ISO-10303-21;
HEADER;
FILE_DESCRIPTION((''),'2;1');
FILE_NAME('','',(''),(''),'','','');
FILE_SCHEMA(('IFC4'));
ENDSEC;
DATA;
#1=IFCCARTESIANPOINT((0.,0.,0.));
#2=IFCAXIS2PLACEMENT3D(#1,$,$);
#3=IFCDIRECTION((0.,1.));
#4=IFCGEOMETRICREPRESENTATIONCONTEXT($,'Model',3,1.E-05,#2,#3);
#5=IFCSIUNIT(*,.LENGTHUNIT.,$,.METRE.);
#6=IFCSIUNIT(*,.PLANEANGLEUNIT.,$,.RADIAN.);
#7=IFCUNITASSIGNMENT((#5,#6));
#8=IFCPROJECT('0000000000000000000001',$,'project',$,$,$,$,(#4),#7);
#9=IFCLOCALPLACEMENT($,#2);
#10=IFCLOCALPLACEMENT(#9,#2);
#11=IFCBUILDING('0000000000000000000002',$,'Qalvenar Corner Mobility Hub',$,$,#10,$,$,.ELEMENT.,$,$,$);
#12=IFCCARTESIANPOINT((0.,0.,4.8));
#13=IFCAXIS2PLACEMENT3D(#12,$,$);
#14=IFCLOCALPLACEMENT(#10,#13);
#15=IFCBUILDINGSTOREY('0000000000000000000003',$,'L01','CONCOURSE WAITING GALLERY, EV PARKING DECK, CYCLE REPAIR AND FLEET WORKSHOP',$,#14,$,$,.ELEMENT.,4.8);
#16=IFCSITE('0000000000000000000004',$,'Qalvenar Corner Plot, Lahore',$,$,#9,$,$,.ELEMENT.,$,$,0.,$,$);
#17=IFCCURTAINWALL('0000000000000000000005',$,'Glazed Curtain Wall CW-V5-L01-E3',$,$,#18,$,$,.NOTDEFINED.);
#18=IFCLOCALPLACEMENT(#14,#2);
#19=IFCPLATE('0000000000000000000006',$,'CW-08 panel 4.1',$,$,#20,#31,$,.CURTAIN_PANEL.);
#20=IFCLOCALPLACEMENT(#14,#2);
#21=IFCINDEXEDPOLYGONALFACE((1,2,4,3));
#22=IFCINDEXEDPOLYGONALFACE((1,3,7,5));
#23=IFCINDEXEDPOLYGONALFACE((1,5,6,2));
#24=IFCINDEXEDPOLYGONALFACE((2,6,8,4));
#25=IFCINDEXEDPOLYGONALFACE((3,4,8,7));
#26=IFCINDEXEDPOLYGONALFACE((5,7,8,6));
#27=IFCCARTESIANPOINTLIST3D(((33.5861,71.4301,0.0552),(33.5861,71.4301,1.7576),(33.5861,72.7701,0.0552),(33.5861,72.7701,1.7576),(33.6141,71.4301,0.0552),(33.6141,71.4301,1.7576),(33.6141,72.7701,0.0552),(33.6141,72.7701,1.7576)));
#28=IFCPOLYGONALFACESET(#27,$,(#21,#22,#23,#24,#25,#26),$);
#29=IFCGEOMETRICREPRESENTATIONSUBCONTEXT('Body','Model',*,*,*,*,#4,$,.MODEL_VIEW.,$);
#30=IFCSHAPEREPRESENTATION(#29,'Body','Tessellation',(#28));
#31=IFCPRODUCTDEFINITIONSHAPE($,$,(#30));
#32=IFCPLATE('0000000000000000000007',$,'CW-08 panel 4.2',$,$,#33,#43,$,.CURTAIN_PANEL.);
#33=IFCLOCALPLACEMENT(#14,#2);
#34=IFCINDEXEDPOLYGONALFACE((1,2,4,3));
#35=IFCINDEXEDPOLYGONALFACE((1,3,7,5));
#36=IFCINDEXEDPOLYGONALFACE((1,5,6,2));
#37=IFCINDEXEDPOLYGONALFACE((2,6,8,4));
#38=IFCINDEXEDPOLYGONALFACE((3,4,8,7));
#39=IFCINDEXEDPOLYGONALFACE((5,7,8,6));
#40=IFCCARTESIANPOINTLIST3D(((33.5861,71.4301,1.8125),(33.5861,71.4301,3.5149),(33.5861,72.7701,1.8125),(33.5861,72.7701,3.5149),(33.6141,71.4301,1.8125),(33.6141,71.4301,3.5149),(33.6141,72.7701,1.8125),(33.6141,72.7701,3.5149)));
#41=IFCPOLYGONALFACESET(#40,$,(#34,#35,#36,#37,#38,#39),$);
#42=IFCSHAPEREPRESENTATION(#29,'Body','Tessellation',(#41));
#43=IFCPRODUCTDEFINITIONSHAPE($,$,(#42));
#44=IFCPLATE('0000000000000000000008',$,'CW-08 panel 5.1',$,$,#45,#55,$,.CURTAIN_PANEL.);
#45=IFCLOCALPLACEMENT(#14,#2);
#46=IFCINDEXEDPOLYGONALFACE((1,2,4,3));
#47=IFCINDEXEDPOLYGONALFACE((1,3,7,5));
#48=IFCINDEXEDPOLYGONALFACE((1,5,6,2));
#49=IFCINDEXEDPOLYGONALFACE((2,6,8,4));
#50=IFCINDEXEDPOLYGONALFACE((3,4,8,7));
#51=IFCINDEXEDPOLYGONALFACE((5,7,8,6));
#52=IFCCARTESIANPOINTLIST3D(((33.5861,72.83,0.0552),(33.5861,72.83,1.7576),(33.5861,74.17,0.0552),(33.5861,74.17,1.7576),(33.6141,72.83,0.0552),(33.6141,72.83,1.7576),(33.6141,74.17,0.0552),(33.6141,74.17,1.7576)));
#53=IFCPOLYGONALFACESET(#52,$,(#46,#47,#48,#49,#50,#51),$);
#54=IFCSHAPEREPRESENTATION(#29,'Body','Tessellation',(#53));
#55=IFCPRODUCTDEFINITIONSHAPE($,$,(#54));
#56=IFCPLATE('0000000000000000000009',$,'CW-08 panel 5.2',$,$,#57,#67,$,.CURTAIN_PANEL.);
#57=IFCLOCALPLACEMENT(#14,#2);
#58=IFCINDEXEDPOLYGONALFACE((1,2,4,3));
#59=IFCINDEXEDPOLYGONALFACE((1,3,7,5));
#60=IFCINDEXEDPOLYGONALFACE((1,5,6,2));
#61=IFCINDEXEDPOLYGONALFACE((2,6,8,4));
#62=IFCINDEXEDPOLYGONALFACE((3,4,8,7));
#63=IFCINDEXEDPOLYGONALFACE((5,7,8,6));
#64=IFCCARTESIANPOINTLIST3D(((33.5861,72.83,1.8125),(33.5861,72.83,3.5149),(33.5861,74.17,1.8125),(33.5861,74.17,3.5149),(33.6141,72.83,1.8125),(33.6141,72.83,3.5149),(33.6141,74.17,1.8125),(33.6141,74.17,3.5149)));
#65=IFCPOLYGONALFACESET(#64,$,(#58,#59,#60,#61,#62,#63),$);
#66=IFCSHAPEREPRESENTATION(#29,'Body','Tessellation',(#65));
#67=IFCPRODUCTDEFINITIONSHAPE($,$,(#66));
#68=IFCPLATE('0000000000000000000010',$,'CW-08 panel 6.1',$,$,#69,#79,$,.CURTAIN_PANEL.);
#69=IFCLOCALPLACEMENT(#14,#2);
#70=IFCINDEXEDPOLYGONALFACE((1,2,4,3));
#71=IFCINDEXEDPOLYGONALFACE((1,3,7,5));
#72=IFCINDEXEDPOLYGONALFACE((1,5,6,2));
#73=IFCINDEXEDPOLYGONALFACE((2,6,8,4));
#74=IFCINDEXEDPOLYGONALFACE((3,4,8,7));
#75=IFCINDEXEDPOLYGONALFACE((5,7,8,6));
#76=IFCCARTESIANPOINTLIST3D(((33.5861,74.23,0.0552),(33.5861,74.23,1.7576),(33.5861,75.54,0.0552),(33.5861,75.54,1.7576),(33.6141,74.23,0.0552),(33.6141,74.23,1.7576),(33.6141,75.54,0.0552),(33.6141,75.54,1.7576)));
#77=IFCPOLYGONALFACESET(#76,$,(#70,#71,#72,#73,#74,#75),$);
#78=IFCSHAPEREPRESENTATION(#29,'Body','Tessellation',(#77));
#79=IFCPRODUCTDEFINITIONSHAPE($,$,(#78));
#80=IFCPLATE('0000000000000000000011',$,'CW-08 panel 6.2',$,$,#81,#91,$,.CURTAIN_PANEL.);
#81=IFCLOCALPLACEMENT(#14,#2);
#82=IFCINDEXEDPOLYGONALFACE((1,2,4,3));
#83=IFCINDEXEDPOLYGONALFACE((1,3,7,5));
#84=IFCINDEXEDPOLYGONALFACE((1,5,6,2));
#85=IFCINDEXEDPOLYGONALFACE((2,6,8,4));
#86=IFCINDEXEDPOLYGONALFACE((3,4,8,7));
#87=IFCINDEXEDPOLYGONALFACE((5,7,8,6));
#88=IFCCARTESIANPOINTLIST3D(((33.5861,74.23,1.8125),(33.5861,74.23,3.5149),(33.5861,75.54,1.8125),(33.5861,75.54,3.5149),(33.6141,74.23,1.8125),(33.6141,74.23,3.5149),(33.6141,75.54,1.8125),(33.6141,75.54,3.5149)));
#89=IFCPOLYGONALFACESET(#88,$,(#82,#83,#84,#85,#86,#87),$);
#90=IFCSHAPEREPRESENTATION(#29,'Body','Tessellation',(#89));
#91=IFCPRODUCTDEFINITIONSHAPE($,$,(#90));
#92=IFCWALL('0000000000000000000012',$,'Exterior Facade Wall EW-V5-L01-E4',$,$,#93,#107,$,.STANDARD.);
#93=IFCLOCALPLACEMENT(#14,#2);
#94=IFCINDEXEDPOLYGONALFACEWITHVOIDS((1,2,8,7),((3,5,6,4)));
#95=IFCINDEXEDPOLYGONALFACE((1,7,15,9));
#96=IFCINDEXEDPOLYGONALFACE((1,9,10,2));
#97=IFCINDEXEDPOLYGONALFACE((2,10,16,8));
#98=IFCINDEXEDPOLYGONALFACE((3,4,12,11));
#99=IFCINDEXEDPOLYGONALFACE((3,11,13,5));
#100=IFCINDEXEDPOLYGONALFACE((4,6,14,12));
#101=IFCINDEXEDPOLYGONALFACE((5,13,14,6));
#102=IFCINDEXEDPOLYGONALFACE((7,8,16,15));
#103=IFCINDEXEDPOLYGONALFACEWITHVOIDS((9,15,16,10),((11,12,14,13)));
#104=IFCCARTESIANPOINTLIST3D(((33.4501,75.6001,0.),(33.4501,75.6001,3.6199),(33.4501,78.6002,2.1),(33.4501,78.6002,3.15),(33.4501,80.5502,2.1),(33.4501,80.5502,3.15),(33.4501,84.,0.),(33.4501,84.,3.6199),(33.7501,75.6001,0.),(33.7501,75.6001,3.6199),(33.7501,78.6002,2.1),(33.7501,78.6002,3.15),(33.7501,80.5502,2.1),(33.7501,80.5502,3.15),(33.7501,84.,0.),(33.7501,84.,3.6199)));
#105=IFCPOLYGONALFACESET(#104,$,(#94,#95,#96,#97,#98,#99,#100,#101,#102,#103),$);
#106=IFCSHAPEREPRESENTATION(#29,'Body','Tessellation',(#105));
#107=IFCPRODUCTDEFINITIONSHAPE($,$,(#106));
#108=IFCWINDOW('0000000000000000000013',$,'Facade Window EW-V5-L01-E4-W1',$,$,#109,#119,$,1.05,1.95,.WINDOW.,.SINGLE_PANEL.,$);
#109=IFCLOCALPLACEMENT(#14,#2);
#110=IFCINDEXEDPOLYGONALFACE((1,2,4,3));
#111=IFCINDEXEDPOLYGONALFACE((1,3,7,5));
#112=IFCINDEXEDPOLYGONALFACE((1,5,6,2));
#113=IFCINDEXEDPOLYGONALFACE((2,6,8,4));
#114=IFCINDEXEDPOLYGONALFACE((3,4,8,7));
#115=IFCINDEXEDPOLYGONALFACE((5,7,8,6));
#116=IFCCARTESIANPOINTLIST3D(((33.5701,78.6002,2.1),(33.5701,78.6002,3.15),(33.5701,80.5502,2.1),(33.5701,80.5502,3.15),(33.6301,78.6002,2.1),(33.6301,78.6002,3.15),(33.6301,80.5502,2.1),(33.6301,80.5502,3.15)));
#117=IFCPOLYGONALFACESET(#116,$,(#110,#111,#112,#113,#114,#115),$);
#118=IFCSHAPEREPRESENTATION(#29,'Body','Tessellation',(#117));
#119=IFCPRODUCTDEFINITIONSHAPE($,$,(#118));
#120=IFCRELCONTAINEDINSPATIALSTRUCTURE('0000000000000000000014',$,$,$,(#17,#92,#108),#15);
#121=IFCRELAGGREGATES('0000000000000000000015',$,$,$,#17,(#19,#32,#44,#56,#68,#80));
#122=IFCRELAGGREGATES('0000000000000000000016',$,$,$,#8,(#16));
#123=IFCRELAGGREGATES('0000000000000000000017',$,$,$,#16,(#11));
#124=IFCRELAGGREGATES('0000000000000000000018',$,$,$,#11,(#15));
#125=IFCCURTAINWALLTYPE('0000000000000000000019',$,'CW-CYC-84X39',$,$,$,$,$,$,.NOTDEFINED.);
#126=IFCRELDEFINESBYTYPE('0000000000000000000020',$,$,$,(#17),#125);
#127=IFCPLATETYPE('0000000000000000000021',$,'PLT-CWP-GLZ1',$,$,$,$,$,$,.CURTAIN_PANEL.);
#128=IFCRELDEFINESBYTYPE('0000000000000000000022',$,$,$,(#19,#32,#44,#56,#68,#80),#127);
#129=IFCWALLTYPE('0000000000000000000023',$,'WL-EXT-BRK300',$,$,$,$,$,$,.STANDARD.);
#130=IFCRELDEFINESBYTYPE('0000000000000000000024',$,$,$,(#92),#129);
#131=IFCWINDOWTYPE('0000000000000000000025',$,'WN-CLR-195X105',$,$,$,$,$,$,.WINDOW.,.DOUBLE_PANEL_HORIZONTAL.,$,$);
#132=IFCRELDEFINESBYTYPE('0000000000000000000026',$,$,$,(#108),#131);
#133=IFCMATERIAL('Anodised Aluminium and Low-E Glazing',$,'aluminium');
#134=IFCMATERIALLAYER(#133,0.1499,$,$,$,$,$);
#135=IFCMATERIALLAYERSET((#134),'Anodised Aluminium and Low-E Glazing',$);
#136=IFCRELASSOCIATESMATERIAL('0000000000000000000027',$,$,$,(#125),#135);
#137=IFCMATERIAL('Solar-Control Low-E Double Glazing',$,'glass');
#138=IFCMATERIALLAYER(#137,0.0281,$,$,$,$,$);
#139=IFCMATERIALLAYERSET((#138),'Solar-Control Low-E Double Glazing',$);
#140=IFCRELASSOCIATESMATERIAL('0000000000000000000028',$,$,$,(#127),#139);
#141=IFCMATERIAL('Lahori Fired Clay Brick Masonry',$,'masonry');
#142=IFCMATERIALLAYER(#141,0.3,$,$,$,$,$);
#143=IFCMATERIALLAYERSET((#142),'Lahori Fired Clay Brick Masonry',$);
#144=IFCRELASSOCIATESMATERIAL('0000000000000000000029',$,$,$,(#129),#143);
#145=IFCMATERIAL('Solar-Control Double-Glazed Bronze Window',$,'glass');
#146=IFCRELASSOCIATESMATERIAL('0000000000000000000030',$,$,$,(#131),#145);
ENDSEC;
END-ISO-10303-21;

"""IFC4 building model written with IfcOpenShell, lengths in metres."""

from ifc_helpers import new_model, si_unit, direction, frame, frame_2d, origin, origin_2d, place, context, subcontext, project, spatial, rectangle, extrude, material, layer, layer_set, type_object, element, fill, aggregate, save


model = new_model("IFC4")

# Units and contexts
model_context = context("Model", 3, precision=1e-05, world=origin(), true_north=direction((0.0, 1.0)))
body_context = subcontext(model_context, "Body", "Model", "MODEL_VIEW")
ifc_project = project(units=[si_unit("LENGTHUNIT", "METRE"), si_unit("PLANEANGLEUNIT", "RADIAN")], contexts=[model_context])

# Site, building, storey
site_placement = place(None, origin())
site = spatial("IfcSite", under=ifc_project, at=site_placement, Name="Qalvenar Corner Plot, Lahore", CompositionType="ELEMENT", RefElevation=0.0)
building_placement = place(site_placement, origin())
building = spatial("IfcBuilding", under=site, at=building_placement, Name="Qalvenar Corner Mobility Hub", CompositionType="ELEMENT")
storey_placement = place(building_placement, frame((0.0, 0.0, 4.8)))
storey = spatial("IfcBuildingStorey", under=building, at=storey_placement, Name="L01", Description="CONCOURSE WAITING GALLERY, EV PARKING DECK, CYCLE REPAIR AND FLEET WORKSHOP", CompositionType="ELEMENT", Elevation=4.8)

# Curtain wall, plates
ifc_material_1 = material(Name="Anodised Aluminium and Low-E Glazing", Category="aluminium")
ifc_layer_1 = layer(ifc_material_1, 0.1499)
ifc_layer_set_1 = layer_set([ifc_layer_1], Name="Anodised Aluminium and Low-E Glazing")
curtain_wall_type = type_object("IfcCurtainWallType", Name="CW-CYC-84X39", PredefinedType="NOTDEFINED", material=ifc_layer_set_1)
curtain_wall_placement = place(storey_placement, origin())
curtain_wall = element("IfcCurtainWall", 1, at=curtain_wall_placement, inside=storey, type_object=curtain_wall_type, Name="Glazed Curtain Wall CW-V5-L01-E3", PredefinedType="NOTDEFINED")
ifc_material_2 = material(Name="Solar-Control Low-E Double Glazing", Category="glass")
ifc_layer_2 = layer(ifc_material_2, 0.0281)
ifc_layer_set_2 = layer_set([ifc_layer_2], Name="Solar-Control Low-E Double Glazing")
plate_type = type_object("IfcPlateType", Name="PLT-CWP-GLZ1", PredefinedType="CURTAIN_PANEL", material=ifc_layer_set_2)
plate_1_placement = place(storey_placement, frame((33.6001, 72.1001, 0.0552), z_axis=(0.0, 0.0, 1.0), x_axis=(0.0, 1.0, 0.0)))
plate_1 = element("IfcPlate", 2, at=plate_1_placement, type_object=plate_type, Name="CW-08 panel 4.1", PredefinedType="CURTAIN_PANEL", context=body_context, shape_type="SweptSolid", body=[
    extrude(rectangle(XDim=1.3401, YDim=0.0281, at=origin_2d()), origin(), (0.0, 0.0, 1.0), 1.7024),
])
plate_2_placement = place(storey_placement, frame((33.6001, 72.1001, 1.8125), z_axis=(0.0, 0.0, 1.0), x_axis=(0.0, 1.0, 0.0)))
plate_2 = element("IfcPlate", 3, at=plate_2_placement, type_object=plate_type, Name="CW-08 panel 4.2", PredefinedType="CURTAIN_PANEL", context=body_context, shape_type="SweptSolid", body=[
    extrude(rectangle(XDim=1.3401, YDim=0.0281, at=origin_2d()), origin(), (0.0, 0.0, 1.0), 1.7024),
])
plate_3_placement = place(storey_placement, frame((33.6001, 73.5, 0.0552), z_axis=(0.0, 0.0, 1.0), x_axis=(0.0, 1.0, 0.0)))
plate_3 = element("IfcPlate", 4, at=plate_3_placement, type_object=plate_type, Name="CW-08 panel 5.1", PredefinedType="CURTAIN_PANEL", context=body_context, shape_type="SweptSolid", body=[
    extrude(rectangle(XDim=1.3401, YDim=0.0281, at=origin_2d()), origin(), (0.0, 0.0, 1.0), 1.7024),
])
plate_4_placement = place(storey_placement, frame((33.6001, 73.5, 1.8125), z_axis=(0.0, 0.0, 1.0), x_axis=(0.0, 1.0, 0.0)))
plate_4 = element("IfcPlate", 5, at=plate_4_placement, type_object=plate_type, Name="CW-08 panel 5.2", PredefinedType="CURTAIN_PANEL", context=body_context, shape_type="SweptSolid", body=[
    extrude(rectangle(XDim=1.3401, YDim=0.0281, at=origin_2d()), origin(), (0.0, 0.0, 1.0), 1.7024),
])
plate_5_placement = place(storey_placement, frame((33.6001, 74.885, 0.0552), z_axis=(0.0, 0.0, 1.0), x_axis=(0.0, 1.0, 0.0)))
plate_5 = element("IfcPlate", 6, at=plate_5_placement, type_object=plate_type, Name="CW-08 panel 6.1", PredefinedType="CURTAIN_PANEL", context=body_context, shape_type="SweptSolid", body=[
    extrude(rectangle(XDim=1.3101, YDim=0.0281, at=origin_2d()), origin(), (0.0, 0.0, 1.0), 1.7024),
])
plate_6_placement = place(storey_placement, frame((33.6001, 74.885, 1.8125), z_axis=(0.0, 0.0, 1.0), x_axis=(0.0, 1.0, 0.0)))
plate_6 = element("IfcPlate", 7, at=plate_6_placement, type_object=plate_type, Name="CW-08 panel 6.2", PredefinedType="CURTAIN_PANEL", context=body_context, shape_type="SweptSolid", body=[
    extrude(rectangle(XDim=1.3101, YDim=0.0281, at=origin_2d()), origin(), (0.0, 0.0, 1.0), 1.7024),
])
aggregate(curtain_wall, [plate_1, plate_2, plate_3, plate_4, plate_5, plate_6])

# Wall, opening, window
ifc_material_3 = material(Name="Lahori Fired Clay Brick Masonry", Category="masonry")
ifc_layer_3 = layer(ifc_material_3, 0.3)
ifc_layer_set_3 = layer_set([ifc_layer_3], Name="Lahori Fired Clay Brick Masonry")
wall_type = type_object("IfcWallType", Name="WL-EXT-BRK300", PredefinedType="STANDARD", material=ifc_layer_set_3)
wall_placement = place(storey_placement, frame((33.6001, 75.6001, 0.0), z_axis=(0.0, 0.0, 1.0), x_axis=(0.0, 1.0, 0.0)))
wall = element("IfcWall", 8, at=wall_placement, inside=storey, type_object=wall_type, Name="Exterior Facade Wall EW-V5-L01-E4", PredefinedType="STANDARD", context=body_context, shape_type="SweptSolid", body=[
    extrude(rectangle(XDim=8.3999, YDim=0.3, at=frame_2d((4.2, 0.0))), origin(), (0.0, 0.0, 1.0), 3.6199),
])
opening_placement = place(wall_placement, frame((3.0, 0.0, 2.1001)))
opening = element("IfcOpeningElement", 9, at=opening_placement, cuts=wall, PredefinedType="OPENING", context=body_context, shape_type="SweptSolid", body=[
    extrude(rectangle(XDim=1.95, YDim=1.05, at=frame_2d((0.9751, 0.5249))), frame((0.0, 0.1602, 0.0), z_axis=(0.0, -1.0, 0.0), x_axis=(1.0, 0.0, 0.0)), (0.0, 0.0, 1.0), 0.3201),
])
ifc_material_4 = material(Name="Solar-Control Double-Glazed Bronze Window", Category="glass")
window_type = type_object("IfcWindowType", Name="WN-CLR-195X105", PartitioningType="DOUBLE_PANEL_HORIZONTAL", PredefinedType="WINDOW", material=ifc_material_4)
window_placement = place(opening_placement, origin())
window = element("IfcWindow", 10, at=window_placement, inside=storey, type_object=window_type, Name="Facade Window EW-V5-L01-E4-W1", OverallHeight=1.05, OverallWidth=1.95, PartitioningType="SINGLE_PANEL", PredefinedType="WINDOW", context=body_context, shape_type="SweptSolid", body=[
    extrude(rectangle(XDim=1.95, YDim=1.05, at=frame_2d((0.9751, 0.5249))), frame((0.0, 0.03, 0.0), z_axis=(0.0, -1.0, 0.0), x_axis=(1.0, 0.0, 0.0)), (0.0, 0.0, 1.0), 0.0601),
])
fill(opening, window)

save(model, "model.ifc")
